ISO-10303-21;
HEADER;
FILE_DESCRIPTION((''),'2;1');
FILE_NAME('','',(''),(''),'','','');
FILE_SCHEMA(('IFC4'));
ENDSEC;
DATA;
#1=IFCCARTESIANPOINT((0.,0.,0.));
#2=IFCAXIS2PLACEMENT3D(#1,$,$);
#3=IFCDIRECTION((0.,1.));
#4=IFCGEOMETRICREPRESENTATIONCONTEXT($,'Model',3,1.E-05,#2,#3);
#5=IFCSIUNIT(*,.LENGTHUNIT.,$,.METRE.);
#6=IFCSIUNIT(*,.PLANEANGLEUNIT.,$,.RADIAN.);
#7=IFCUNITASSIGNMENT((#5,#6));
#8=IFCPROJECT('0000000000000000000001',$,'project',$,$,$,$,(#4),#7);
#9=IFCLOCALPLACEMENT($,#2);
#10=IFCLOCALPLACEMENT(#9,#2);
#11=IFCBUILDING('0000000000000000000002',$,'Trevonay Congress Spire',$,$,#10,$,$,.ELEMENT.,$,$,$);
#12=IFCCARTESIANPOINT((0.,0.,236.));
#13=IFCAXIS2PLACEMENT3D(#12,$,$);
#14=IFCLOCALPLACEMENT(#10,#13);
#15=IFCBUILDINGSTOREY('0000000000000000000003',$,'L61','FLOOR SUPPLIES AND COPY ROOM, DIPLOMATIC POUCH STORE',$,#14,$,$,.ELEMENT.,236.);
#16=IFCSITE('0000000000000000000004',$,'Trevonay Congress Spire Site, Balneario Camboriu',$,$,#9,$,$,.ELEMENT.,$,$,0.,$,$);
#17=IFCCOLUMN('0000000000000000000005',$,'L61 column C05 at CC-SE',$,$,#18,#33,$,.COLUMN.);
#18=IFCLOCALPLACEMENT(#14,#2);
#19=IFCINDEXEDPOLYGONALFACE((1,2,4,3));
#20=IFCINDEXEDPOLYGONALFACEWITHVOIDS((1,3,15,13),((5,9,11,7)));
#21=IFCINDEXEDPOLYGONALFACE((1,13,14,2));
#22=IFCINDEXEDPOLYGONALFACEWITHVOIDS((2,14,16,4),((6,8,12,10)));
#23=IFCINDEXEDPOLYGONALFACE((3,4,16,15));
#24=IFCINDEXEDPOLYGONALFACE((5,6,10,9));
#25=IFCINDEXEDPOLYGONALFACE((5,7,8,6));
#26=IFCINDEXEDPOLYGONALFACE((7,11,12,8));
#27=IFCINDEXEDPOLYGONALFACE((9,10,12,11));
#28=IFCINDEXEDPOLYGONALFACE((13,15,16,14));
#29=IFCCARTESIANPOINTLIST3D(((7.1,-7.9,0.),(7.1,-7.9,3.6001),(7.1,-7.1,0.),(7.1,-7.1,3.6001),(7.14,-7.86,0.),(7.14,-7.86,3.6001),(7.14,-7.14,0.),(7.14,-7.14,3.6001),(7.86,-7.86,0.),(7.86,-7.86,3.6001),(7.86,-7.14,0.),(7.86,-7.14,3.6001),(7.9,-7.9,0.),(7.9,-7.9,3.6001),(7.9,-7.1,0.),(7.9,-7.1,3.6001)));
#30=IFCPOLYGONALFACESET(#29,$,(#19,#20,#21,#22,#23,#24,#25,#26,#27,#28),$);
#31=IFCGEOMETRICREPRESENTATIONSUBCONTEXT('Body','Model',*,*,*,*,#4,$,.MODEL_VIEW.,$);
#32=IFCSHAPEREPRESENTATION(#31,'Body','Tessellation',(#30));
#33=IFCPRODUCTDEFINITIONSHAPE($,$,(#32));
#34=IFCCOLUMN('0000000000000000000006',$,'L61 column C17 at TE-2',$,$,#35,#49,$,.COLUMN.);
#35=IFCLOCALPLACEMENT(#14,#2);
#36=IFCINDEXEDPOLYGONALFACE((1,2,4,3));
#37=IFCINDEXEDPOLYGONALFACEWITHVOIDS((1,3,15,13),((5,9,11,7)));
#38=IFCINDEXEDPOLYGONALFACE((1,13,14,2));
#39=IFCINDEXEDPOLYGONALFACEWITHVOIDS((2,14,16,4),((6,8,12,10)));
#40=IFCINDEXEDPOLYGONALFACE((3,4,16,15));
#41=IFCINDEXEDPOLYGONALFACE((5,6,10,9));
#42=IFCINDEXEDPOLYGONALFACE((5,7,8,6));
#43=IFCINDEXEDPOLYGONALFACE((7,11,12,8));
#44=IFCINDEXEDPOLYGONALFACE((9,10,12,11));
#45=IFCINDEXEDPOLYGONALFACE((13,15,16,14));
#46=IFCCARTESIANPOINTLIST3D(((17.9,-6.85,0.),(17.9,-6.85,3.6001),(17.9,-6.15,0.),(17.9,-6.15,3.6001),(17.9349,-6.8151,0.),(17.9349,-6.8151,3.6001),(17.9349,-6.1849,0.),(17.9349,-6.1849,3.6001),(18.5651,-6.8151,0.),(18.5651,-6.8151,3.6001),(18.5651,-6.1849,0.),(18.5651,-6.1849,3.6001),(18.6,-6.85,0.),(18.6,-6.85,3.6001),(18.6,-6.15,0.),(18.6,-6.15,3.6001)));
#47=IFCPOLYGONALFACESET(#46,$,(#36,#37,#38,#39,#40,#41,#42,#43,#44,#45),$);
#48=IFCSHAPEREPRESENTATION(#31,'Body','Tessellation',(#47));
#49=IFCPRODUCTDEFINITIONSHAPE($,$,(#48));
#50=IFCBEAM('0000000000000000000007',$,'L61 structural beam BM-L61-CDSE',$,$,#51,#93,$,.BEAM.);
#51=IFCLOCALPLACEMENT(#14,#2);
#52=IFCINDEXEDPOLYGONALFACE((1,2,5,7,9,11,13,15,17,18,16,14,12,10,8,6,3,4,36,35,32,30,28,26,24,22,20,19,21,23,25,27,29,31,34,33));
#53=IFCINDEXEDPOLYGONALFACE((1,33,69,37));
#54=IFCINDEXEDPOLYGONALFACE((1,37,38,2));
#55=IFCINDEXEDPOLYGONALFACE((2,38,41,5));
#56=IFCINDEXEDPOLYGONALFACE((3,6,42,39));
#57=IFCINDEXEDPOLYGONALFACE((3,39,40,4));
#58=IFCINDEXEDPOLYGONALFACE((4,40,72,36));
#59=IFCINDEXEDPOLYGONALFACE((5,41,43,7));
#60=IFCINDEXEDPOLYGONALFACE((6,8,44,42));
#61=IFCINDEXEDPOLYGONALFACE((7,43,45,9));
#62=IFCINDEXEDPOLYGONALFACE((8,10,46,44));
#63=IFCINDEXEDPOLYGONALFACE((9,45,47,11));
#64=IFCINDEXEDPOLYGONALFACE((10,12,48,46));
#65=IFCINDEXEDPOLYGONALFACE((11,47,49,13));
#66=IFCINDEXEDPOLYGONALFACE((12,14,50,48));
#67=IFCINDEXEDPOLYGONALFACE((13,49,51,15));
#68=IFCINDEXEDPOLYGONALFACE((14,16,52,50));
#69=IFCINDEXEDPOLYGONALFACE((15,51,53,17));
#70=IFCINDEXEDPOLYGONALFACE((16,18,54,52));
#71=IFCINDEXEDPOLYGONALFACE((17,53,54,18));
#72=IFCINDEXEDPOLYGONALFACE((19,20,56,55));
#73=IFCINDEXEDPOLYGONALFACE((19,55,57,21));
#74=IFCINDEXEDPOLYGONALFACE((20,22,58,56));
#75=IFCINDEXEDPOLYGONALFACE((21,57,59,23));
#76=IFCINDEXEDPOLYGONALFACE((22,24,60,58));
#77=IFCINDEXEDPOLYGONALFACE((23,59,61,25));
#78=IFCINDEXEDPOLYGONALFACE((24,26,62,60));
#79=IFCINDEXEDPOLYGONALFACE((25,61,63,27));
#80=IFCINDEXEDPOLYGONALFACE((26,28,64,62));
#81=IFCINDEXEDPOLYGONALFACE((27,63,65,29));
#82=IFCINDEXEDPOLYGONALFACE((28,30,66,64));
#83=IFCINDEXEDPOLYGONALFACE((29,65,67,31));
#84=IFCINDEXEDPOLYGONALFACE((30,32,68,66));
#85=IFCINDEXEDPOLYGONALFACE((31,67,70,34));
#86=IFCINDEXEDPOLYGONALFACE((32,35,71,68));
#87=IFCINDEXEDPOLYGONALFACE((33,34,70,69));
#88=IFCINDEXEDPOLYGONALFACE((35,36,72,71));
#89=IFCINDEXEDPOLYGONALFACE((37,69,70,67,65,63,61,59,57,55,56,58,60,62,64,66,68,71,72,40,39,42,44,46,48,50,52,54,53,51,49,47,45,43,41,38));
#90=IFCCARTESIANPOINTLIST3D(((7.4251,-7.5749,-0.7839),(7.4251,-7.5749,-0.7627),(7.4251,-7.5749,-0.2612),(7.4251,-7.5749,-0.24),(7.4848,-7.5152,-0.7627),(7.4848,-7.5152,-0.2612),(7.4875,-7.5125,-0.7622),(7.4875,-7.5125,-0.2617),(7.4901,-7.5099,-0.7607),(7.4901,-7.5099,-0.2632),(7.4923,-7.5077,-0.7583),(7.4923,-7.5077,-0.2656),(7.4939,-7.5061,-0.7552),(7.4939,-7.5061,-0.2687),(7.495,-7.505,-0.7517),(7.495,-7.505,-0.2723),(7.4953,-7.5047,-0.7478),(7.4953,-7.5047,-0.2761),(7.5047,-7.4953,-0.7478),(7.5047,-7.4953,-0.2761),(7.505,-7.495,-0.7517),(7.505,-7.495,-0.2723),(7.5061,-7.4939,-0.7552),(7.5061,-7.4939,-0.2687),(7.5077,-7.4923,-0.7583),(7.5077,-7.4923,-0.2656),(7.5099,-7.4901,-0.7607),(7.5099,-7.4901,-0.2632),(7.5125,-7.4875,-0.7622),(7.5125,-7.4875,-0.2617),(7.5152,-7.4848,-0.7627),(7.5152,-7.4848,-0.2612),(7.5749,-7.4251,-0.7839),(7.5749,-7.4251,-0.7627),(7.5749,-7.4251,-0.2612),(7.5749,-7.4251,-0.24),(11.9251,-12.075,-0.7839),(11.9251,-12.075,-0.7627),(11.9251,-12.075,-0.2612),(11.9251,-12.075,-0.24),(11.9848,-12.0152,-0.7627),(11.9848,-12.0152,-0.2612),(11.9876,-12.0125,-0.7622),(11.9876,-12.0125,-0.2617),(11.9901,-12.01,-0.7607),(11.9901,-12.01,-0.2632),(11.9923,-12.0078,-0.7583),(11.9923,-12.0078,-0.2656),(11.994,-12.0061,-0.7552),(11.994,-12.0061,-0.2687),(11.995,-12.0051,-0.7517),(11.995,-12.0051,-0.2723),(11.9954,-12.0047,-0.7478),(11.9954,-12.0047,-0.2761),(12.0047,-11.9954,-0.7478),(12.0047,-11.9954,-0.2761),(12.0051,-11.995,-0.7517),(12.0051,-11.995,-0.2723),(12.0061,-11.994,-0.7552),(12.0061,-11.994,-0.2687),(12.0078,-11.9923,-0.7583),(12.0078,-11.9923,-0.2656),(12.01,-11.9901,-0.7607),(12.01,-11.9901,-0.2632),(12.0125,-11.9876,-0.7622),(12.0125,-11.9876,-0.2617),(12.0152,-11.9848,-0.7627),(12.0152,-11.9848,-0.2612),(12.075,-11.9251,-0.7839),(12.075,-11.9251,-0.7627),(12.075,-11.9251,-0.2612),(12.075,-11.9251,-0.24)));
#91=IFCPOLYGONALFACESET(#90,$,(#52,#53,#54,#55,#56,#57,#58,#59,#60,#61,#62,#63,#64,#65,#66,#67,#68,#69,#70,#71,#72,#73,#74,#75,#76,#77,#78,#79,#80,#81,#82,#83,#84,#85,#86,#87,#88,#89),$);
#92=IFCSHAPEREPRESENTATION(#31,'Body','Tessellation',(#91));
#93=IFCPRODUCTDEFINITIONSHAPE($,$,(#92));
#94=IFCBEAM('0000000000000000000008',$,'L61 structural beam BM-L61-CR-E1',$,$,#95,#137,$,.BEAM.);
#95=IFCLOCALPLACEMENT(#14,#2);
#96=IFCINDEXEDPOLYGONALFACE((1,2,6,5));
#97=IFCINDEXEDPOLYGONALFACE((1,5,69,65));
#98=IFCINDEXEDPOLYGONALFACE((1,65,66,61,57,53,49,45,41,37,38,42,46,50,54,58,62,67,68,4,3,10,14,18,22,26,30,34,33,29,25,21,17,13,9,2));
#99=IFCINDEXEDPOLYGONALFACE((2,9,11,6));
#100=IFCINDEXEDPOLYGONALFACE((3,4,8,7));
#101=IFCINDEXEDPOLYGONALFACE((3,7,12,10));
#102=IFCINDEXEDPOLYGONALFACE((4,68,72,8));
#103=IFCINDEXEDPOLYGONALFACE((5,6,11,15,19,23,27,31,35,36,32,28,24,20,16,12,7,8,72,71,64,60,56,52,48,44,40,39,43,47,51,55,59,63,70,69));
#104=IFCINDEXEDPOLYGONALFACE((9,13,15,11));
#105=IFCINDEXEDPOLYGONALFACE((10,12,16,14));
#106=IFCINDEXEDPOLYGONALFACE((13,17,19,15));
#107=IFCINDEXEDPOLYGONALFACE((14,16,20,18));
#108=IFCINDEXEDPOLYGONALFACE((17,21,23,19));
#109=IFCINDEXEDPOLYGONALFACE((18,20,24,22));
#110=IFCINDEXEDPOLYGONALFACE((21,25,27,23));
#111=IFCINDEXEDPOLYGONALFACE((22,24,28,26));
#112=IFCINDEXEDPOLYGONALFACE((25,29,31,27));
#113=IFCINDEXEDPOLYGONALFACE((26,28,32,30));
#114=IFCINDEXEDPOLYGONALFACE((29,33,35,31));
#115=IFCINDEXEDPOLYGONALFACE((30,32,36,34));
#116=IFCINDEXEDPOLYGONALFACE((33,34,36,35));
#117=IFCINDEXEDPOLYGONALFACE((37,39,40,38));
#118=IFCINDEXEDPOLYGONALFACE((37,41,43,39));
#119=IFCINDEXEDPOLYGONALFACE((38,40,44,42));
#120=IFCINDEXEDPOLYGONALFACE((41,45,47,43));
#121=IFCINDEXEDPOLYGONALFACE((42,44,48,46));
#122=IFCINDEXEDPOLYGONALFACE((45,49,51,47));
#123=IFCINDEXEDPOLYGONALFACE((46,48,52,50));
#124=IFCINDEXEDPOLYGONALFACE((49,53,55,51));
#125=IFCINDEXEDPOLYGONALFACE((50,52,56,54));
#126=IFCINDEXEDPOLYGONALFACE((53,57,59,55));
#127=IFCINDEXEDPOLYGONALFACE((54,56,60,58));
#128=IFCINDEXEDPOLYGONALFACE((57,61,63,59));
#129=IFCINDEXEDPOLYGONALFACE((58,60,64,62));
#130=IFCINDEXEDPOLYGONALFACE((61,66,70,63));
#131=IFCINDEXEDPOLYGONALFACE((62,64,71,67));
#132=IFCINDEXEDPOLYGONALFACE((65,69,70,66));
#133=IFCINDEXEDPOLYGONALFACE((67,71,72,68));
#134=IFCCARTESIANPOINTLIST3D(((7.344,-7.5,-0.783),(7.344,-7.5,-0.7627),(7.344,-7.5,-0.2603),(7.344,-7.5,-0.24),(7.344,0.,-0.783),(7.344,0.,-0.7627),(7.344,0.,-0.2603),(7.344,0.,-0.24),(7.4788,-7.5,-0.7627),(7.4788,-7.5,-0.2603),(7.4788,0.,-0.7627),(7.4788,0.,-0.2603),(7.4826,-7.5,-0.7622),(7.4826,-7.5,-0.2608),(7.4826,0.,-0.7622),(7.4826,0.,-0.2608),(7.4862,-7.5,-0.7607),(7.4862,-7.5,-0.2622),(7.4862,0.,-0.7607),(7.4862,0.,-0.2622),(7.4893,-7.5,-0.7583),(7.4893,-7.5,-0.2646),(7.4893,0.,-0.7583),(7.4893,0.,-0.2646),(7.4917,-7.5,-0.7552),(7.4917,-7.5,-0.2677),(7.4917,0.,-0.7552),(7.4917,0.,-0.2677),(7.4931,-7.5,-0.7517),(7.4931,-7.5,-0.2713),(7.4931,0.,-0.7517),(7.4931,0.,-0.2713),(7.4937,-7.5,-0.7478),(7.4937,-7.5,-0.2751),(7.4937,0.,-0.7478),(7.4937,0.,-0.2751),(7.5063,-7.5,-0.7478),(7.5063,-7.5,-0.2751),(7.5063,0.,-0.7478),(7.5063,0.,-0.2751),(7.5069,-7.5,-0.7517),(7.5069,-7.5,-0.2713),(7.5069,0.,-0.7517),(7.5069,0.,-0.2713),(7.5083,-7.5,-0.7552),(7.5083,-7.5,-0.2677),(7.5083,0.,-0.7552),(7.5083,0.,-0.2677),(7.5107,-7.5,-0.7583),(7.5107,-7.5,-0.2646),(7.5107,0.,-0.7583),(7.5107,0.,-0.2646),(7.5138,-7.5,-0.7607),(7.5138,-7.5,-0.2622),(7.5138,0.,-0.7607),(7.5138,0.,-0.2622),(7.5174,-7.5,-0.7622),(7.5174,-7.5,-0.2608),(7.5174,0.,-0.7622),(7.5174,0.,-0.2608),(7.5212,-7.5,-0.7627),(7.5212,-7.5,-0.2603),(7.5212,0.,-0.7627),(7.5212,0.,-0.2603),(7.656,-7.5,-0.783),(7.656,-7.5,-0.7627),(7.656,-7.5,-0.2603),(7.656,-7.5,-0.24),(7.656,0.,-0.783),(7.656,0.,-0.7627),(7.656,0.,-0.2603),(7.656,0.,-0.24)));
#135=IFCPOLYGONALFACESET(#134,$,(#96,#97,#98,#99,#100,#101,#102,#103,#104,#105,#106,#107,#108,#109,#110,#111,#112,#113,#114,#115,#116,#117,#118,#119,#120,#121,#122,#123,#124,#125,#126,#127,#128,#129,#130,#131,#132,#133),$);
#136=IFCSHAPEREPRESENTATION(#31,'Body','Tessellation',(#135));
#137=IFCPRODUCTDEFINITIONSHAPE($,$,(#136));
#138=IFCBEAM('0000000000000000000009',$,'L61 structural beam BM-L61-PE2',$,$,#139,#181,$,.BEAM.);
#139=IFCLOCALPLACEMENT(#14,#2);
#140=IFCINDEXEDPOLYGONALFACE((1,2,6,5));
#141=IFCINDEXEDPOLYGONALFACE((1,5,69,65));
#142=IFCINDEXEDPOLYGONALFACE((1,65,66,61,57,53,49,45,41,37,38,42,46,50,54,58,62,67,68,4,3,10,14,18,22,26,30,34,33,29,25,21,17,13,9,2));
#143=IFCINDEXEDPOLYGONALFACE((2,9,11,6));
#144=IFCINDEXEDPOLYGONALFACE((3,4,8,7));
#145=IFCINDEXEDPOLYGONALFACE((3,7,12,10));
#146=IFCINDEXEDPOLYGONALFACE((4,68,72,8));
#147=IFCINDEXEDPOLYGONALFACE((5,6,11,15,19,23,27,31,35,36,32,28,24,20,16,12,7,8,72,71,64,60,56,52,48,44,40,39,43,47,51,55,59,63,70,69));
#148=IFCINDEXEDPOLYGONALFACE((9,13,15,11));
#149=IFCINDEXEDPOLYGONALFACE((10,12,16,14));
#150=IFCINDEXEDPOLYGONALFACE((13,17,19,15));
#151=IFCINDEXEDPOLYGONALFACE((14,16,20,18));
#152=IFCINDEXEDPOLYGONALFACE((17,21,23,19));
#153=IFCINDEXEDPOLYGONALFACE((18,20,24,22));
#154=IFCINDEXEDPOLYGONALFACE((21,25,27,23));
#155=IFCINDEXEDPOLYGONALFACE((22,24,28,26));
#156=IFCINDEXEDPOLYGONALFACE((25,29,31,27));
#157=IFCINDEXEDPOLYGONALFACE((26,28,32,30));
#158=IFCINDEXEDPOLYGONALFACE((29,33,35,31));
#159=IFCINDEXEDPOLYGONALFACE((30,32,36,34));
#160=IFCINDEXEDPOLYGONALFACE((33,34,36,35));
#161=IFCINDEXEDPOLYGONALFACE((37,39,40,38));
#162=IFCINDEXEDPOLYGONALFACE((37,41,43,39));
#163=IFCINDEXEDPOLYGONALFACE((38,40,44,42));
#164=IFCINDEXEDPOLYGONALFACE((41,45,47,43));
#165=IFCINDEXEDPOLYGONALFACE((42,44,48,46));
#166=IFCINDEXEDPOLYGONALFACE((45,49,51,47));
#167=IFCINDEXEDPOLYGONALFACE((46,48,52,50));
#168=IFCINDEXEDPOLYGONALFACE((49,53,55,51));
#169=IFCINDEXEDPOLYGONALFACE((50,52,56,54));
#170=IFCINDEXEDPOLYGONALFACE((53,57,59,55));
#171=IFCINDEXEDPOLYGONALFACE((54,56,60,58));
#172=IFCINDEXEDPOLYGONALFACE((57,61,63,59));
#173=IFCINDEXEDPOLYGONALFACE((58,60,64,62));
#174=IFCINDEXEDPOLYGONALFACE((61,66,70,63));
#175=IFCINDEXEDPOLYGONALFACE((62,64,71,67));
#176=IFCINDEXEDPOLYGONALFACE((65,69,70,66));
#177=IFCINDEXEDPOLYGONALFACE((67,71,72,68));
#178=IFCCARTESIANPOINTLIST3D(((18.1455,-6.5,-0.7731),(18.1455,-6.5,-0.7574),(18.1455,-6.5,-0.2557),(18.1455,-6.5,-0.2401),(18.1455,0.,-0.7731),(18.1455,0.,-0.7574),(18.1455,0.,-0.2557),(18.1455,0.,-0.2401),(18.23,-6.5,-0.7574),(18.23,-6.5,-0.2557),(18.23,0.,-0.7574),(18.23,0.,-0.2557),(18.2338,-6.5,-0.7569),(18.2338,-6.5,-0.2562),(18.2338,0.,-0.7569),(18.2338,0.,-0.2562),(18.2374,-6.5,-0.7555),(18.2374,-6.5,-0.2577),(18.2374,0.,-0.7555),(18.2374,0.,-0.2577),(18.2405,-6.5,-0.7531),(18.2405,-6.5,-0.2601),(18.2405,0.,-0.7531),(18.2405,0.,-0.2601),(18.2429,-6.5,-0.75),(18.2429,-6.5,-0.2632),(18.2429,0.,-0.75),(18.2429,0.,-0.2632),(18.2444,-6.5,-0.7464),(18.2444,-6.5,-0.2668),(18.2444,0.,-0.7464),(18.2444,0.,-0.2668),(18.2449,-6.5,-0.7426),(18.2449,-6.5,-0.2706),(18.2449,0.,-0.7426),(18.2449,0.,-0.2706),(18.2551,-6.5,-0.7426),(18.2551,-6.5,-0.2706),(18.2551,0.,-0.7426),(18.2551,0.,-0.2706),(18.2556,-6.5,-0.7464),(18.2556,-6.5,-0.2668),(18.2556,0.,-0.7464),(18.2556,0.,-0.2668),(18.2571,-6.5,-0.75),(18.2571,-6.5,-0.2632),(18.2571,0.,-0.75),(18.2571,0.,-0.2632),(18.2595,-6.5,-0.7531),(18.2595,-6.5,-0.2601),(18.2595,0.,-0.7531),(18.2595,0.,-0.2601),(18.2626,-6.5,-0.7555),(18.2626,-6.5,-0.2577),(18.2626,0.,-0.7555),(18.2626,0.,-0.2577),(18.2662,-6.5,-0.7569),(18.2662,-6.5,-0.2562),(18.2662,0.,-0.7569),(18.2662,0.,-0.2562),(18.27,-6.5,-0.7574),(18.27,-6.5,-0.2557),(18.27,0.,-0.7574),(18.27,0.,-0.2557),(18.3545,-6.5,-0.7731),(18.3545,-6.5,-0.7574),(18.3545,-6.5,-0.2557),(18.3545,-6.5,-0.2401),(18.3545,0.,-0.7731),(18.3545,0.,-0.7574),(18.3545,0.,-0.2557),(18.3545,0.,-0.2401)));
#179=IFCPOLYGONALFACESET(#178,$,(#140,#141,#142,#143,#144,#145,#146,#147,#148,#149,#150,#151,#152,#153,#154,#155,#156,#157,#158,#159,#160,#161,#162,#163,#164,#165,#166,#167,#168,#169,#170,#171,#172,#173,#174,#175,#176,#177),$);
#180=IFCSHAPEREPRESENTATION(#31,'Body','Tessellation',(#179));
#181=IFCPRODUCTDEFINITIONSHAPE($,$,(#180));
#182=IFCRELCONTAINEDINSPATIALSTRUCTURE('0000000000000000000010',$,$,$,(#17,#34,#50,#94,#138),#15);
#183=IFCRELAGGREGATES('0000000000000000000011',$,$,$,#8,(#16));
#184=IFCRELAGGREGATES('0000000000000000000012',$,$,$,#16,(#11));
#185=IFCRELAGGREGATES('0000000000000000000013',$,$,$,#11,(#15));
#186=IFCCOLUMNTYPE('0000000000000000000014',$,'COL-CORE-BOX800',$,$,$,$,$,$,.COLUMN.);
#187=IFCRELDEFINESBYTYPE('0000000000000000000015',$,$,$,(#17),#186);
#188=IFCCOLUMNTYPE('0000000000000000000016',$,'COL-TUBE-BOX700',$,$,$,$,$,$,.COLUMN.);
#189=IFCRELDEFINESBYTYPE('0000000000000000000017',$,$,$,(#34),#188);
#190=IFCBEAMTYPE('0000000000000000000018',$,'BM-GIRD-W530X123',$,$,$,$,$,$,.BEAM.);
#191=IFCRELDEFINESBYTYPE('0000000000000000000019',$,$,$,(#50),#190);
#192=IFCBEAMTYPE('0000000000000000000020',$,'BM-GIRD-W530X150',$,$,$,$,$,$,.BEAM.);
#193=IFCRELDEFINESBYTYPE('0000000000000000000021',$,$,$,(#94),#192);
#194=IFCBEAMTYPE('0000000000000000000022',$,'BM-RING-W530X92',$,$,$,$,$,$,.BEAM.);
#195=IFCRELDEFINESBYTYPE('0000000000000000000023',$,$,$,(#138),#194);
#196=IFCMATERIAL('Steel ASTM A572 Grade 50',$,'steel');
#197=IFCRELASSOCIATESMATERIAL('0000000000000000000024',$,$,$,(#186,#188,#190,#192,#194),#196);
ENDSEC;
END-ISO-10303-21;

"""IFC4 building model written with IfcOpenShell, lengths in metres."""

from ifc_helpers import new_model, si_unit, direction, frame, origin, origin_2d, place, context, subcontext, project, spatial, hollow_rectangle, i_section, extrude, material, material_profile, profile_set, type_object, element, save


model = new_model("IFC4")

# Units and contexts
model_context = context("Model", 3, precision=1e-05, world=origin(), true_north=direction((0.0, 1.0)))
body_context = subcontext(model_context, "Body", "Model", "MODEL_VIEW")
ifc_project = project(units=[si_unit("LENGTHUNIT", "METRE"), si_unit("PLANEANGLEUNIT", "RADIAN")], contexts=[model_context])

# Site, building, storey
site_placement = place(None, origin())
site = spatial("IfcSite", under=ifc_project, at=site_placement, Name="Trevonay Congress Spire Site, Balneario Camboriu", CompositionType="ELEMENT", RefElevation=0.0)
building_placement = place(site_placement, origin())
building = spatial("IfcBuilding", under=site, at=building_placement, Name="Trevonay Congress Spire", CompositionType="ELEMENT")
storey_placement = place(building_placement, frame((0.0, 0.0, 236.0)))
storey = spatial("IfcBuildingStorey", under=building, at=storey_placement, Name="L61", Description="FLOOR SUPPLIES AND COPY ROOM, DIPLOMATIC POUCH STORE", CompositionType="ELEMENT", Elevation=236.0)

# Columns
ifc_material_1 = material(Name="Steel ASTM A572 Grade 50", Category="steel")
ifc_material_profile_1 = material_profile(ifc_material_1, hollow_rectangle(XDim=0.8, YDim=0.8, WallThickness=0.04, at=origin_2d()), Name="BOX 800x800x40")
ifc_profile_set_1 = profile_set([ifc_material_profile_1], Name="Steel ASTM A572 Grade 50")
column_type_1 = type_object("IfcColumnType", Name="COL-CORE-BOX800", PredefinedType="COLUMN", material=ifc_profile_set_1)
column_1_placement = place(storey_placement, frame((7.5, -7.5, 0.0), z_axis=(0.0, 0.0, 1.0), x_axis=(1.0, 0.0, 0.0)))
element("IfcColumn", 1, at=column_1_placement, inside=storey, type_object=column_type_1, Name="L61 column C05 at CC-SE", PredefinedType="COLUMN", context=body_context, shape_type="SweptSolid", body=[
    extrude(hollow_rectangle(XDim=0.8, YDim=0.8, WallThickness=0.04, at=origin_2d()), origin(), (0.0, 0.0, 1.0), 3.6001),
])
ifc_material_profile_2 = material_profile(ifc_material_1, hollow_rectangle(XDim=0.7, YDim=0.7, WallThickness=0.0349, at=origin_2d()), Name="BOX 700x700x35")
ifc_profile_set_2 = profile_set([ifc_material_profile_2], Name="Steel ASTM A572 Grade 50")
column_type_2 = type_object("IfcColumnType", Name="COL-TUBE-BOX700", PredefinedType="COLUMN", material=ifc_profile_set_2)
column_2_placement = place(storey_placement, frame((18.25, -6.5, 0.0), z_axis=(0.0, 0.0, 1.0), x_axis=(1.0, 0.0, 0.0)))
element("IfcColumn", 2, at=column_2_placement, inside=storey, type_object=column_type_2, Name="L61 column C17 at TE-2", PredefinedType="COLUMN", context=body_context, shape_type="SweptSolid", body=[
    extrude(hollow_rectangle(XDim=0.7, YDim=0.7, WallThickness=0.0349, at=origin_2d()), origin(), (0.0, 0.0, 1.0), 3.6001),
])

# Beams
ifc_material_profile_3 = material_profile(ifc_material_1, i_section(OverallWidth=0.2119, OverallDepth=0.5439, WebThickness=0.0132, FlangeThickness=0.0212, FilletRadius=0.0149, at=origin_2d()), Name="W530x123")
ifc_profile_set_3 = profile_set([ifc_material_profile_3], Name="Steel ASTM A572 Grade 50")
beam_type_1 = type_object("IfcBeamType", Name="BM-GIRD-W530X123", PredefinedType="BEAM", material=ifc_profile_set_3)
beam_1_placement = place(storey_placement, frame((7.5, -7.5, -0.512), z_axis=(0.707107, -0.707107, 0.0), x_axis=(0.707107, 0.707107, 0.0)))
element("IfcBeam", 3, at=beam_1_placement, inside=storey, type_object=beam_type_1, Name="L61 structural beam BM-L61-CDSE", PredefinedType="BEAM", context=body_context, shape_type="SweptSolid", body=[
    extrude(i_section(OverallWidth=0.2119, OverallDepth=0.5439, WebThickness=0.0132, FlangeThickness=0.0212, FilletRadius=0.0149, at=origin_2d()), origin(), (0.0, 0.0, 1.0), 6.364),
])
ifc_material_profile_4 = material_profile(ifc_material_1, i_section(OverallWidth=0.312, OverallDepth=0.543, WebThickness=0.0127, FlangeThickness=0.0203, FilletRadius=0.0149, at=origin_2d()), Name="W530x150")
ifc_profile_set_4 = profile_set([ifc_material_profile_4], Name="Steel ASTM A572 Grade 50")
beam_type_2 = type_object("IfcBeamType", Name="BM-GIRD-W530X150", PredefinedType="BEAM", material=ifc_profile_set_4)
beam_2_placement = place(storey_placement, frame((7.5, -7.5, -0.5115), z_axis=(0.0, 1.0, 0.0), x_axis=(-1.0, 0.0, 0.0)))
element("IfcBeam", 4, at=beam_2_placement, inside=storey, type_object=beam_type_2, Name="L61 structural beam BM-L61-CR-E1", PredefinedType="BEAM", context=body_context, shape_type="SweptSolid", body=[
    extrude(i_section(OverallWidth=0.312, OverallDepth=0.543, WebThickness=0.0127, FlangeThickness=0.0203, FilletRadius=0.0149, at=origin_2d()), origin(), (0.0, 0.0, 1.0), 7.5),
])
ifc_material_profile_5 = material_profile(ifc_material_1, i_section(OverallWidth=0.209, OverallDepth=0.533, WebThickness=0.0103, FlangeThickness=0.0156, FilletRadius=0.0149, at=origin_2d()), Name="W530x92")
ifc_profile_set_5 = profile_set([ifc_material_profile_5], Name="Steel ASTM A572 Grade 50")
beam_type_3 = type_object("IfcBeamType", Name="BM-RING-W530X92", PredefinedType="BEAM", material=ifc_profile_set_5)
beam_3_placement = place(storey_placement, frame((18.25, -6.5, -0.5066), z_axis=(0.0, 1.0, 0.0), x_axis=(-1.0, 0.0, 0.0)))
element("IfcBeam", 5, at=beam_3_placement, inside=storey, type_object=beam_type_3, Name="L61 structural beam BM-L61-PE2", PredefinedType="BEAM", context=body_context, shape_type="SweptSolid", body=[
    extrude(i_section(OverallWidth=0.209, OverallDepth=0.533, WebThickness=0.0103, FlangeThickness=0.0156, FilletRadius=0.0149, at=origin_2d()), origin(), (0.0, 0.0, 1.0), 6.5),
])

save(model, "model.ifc")
